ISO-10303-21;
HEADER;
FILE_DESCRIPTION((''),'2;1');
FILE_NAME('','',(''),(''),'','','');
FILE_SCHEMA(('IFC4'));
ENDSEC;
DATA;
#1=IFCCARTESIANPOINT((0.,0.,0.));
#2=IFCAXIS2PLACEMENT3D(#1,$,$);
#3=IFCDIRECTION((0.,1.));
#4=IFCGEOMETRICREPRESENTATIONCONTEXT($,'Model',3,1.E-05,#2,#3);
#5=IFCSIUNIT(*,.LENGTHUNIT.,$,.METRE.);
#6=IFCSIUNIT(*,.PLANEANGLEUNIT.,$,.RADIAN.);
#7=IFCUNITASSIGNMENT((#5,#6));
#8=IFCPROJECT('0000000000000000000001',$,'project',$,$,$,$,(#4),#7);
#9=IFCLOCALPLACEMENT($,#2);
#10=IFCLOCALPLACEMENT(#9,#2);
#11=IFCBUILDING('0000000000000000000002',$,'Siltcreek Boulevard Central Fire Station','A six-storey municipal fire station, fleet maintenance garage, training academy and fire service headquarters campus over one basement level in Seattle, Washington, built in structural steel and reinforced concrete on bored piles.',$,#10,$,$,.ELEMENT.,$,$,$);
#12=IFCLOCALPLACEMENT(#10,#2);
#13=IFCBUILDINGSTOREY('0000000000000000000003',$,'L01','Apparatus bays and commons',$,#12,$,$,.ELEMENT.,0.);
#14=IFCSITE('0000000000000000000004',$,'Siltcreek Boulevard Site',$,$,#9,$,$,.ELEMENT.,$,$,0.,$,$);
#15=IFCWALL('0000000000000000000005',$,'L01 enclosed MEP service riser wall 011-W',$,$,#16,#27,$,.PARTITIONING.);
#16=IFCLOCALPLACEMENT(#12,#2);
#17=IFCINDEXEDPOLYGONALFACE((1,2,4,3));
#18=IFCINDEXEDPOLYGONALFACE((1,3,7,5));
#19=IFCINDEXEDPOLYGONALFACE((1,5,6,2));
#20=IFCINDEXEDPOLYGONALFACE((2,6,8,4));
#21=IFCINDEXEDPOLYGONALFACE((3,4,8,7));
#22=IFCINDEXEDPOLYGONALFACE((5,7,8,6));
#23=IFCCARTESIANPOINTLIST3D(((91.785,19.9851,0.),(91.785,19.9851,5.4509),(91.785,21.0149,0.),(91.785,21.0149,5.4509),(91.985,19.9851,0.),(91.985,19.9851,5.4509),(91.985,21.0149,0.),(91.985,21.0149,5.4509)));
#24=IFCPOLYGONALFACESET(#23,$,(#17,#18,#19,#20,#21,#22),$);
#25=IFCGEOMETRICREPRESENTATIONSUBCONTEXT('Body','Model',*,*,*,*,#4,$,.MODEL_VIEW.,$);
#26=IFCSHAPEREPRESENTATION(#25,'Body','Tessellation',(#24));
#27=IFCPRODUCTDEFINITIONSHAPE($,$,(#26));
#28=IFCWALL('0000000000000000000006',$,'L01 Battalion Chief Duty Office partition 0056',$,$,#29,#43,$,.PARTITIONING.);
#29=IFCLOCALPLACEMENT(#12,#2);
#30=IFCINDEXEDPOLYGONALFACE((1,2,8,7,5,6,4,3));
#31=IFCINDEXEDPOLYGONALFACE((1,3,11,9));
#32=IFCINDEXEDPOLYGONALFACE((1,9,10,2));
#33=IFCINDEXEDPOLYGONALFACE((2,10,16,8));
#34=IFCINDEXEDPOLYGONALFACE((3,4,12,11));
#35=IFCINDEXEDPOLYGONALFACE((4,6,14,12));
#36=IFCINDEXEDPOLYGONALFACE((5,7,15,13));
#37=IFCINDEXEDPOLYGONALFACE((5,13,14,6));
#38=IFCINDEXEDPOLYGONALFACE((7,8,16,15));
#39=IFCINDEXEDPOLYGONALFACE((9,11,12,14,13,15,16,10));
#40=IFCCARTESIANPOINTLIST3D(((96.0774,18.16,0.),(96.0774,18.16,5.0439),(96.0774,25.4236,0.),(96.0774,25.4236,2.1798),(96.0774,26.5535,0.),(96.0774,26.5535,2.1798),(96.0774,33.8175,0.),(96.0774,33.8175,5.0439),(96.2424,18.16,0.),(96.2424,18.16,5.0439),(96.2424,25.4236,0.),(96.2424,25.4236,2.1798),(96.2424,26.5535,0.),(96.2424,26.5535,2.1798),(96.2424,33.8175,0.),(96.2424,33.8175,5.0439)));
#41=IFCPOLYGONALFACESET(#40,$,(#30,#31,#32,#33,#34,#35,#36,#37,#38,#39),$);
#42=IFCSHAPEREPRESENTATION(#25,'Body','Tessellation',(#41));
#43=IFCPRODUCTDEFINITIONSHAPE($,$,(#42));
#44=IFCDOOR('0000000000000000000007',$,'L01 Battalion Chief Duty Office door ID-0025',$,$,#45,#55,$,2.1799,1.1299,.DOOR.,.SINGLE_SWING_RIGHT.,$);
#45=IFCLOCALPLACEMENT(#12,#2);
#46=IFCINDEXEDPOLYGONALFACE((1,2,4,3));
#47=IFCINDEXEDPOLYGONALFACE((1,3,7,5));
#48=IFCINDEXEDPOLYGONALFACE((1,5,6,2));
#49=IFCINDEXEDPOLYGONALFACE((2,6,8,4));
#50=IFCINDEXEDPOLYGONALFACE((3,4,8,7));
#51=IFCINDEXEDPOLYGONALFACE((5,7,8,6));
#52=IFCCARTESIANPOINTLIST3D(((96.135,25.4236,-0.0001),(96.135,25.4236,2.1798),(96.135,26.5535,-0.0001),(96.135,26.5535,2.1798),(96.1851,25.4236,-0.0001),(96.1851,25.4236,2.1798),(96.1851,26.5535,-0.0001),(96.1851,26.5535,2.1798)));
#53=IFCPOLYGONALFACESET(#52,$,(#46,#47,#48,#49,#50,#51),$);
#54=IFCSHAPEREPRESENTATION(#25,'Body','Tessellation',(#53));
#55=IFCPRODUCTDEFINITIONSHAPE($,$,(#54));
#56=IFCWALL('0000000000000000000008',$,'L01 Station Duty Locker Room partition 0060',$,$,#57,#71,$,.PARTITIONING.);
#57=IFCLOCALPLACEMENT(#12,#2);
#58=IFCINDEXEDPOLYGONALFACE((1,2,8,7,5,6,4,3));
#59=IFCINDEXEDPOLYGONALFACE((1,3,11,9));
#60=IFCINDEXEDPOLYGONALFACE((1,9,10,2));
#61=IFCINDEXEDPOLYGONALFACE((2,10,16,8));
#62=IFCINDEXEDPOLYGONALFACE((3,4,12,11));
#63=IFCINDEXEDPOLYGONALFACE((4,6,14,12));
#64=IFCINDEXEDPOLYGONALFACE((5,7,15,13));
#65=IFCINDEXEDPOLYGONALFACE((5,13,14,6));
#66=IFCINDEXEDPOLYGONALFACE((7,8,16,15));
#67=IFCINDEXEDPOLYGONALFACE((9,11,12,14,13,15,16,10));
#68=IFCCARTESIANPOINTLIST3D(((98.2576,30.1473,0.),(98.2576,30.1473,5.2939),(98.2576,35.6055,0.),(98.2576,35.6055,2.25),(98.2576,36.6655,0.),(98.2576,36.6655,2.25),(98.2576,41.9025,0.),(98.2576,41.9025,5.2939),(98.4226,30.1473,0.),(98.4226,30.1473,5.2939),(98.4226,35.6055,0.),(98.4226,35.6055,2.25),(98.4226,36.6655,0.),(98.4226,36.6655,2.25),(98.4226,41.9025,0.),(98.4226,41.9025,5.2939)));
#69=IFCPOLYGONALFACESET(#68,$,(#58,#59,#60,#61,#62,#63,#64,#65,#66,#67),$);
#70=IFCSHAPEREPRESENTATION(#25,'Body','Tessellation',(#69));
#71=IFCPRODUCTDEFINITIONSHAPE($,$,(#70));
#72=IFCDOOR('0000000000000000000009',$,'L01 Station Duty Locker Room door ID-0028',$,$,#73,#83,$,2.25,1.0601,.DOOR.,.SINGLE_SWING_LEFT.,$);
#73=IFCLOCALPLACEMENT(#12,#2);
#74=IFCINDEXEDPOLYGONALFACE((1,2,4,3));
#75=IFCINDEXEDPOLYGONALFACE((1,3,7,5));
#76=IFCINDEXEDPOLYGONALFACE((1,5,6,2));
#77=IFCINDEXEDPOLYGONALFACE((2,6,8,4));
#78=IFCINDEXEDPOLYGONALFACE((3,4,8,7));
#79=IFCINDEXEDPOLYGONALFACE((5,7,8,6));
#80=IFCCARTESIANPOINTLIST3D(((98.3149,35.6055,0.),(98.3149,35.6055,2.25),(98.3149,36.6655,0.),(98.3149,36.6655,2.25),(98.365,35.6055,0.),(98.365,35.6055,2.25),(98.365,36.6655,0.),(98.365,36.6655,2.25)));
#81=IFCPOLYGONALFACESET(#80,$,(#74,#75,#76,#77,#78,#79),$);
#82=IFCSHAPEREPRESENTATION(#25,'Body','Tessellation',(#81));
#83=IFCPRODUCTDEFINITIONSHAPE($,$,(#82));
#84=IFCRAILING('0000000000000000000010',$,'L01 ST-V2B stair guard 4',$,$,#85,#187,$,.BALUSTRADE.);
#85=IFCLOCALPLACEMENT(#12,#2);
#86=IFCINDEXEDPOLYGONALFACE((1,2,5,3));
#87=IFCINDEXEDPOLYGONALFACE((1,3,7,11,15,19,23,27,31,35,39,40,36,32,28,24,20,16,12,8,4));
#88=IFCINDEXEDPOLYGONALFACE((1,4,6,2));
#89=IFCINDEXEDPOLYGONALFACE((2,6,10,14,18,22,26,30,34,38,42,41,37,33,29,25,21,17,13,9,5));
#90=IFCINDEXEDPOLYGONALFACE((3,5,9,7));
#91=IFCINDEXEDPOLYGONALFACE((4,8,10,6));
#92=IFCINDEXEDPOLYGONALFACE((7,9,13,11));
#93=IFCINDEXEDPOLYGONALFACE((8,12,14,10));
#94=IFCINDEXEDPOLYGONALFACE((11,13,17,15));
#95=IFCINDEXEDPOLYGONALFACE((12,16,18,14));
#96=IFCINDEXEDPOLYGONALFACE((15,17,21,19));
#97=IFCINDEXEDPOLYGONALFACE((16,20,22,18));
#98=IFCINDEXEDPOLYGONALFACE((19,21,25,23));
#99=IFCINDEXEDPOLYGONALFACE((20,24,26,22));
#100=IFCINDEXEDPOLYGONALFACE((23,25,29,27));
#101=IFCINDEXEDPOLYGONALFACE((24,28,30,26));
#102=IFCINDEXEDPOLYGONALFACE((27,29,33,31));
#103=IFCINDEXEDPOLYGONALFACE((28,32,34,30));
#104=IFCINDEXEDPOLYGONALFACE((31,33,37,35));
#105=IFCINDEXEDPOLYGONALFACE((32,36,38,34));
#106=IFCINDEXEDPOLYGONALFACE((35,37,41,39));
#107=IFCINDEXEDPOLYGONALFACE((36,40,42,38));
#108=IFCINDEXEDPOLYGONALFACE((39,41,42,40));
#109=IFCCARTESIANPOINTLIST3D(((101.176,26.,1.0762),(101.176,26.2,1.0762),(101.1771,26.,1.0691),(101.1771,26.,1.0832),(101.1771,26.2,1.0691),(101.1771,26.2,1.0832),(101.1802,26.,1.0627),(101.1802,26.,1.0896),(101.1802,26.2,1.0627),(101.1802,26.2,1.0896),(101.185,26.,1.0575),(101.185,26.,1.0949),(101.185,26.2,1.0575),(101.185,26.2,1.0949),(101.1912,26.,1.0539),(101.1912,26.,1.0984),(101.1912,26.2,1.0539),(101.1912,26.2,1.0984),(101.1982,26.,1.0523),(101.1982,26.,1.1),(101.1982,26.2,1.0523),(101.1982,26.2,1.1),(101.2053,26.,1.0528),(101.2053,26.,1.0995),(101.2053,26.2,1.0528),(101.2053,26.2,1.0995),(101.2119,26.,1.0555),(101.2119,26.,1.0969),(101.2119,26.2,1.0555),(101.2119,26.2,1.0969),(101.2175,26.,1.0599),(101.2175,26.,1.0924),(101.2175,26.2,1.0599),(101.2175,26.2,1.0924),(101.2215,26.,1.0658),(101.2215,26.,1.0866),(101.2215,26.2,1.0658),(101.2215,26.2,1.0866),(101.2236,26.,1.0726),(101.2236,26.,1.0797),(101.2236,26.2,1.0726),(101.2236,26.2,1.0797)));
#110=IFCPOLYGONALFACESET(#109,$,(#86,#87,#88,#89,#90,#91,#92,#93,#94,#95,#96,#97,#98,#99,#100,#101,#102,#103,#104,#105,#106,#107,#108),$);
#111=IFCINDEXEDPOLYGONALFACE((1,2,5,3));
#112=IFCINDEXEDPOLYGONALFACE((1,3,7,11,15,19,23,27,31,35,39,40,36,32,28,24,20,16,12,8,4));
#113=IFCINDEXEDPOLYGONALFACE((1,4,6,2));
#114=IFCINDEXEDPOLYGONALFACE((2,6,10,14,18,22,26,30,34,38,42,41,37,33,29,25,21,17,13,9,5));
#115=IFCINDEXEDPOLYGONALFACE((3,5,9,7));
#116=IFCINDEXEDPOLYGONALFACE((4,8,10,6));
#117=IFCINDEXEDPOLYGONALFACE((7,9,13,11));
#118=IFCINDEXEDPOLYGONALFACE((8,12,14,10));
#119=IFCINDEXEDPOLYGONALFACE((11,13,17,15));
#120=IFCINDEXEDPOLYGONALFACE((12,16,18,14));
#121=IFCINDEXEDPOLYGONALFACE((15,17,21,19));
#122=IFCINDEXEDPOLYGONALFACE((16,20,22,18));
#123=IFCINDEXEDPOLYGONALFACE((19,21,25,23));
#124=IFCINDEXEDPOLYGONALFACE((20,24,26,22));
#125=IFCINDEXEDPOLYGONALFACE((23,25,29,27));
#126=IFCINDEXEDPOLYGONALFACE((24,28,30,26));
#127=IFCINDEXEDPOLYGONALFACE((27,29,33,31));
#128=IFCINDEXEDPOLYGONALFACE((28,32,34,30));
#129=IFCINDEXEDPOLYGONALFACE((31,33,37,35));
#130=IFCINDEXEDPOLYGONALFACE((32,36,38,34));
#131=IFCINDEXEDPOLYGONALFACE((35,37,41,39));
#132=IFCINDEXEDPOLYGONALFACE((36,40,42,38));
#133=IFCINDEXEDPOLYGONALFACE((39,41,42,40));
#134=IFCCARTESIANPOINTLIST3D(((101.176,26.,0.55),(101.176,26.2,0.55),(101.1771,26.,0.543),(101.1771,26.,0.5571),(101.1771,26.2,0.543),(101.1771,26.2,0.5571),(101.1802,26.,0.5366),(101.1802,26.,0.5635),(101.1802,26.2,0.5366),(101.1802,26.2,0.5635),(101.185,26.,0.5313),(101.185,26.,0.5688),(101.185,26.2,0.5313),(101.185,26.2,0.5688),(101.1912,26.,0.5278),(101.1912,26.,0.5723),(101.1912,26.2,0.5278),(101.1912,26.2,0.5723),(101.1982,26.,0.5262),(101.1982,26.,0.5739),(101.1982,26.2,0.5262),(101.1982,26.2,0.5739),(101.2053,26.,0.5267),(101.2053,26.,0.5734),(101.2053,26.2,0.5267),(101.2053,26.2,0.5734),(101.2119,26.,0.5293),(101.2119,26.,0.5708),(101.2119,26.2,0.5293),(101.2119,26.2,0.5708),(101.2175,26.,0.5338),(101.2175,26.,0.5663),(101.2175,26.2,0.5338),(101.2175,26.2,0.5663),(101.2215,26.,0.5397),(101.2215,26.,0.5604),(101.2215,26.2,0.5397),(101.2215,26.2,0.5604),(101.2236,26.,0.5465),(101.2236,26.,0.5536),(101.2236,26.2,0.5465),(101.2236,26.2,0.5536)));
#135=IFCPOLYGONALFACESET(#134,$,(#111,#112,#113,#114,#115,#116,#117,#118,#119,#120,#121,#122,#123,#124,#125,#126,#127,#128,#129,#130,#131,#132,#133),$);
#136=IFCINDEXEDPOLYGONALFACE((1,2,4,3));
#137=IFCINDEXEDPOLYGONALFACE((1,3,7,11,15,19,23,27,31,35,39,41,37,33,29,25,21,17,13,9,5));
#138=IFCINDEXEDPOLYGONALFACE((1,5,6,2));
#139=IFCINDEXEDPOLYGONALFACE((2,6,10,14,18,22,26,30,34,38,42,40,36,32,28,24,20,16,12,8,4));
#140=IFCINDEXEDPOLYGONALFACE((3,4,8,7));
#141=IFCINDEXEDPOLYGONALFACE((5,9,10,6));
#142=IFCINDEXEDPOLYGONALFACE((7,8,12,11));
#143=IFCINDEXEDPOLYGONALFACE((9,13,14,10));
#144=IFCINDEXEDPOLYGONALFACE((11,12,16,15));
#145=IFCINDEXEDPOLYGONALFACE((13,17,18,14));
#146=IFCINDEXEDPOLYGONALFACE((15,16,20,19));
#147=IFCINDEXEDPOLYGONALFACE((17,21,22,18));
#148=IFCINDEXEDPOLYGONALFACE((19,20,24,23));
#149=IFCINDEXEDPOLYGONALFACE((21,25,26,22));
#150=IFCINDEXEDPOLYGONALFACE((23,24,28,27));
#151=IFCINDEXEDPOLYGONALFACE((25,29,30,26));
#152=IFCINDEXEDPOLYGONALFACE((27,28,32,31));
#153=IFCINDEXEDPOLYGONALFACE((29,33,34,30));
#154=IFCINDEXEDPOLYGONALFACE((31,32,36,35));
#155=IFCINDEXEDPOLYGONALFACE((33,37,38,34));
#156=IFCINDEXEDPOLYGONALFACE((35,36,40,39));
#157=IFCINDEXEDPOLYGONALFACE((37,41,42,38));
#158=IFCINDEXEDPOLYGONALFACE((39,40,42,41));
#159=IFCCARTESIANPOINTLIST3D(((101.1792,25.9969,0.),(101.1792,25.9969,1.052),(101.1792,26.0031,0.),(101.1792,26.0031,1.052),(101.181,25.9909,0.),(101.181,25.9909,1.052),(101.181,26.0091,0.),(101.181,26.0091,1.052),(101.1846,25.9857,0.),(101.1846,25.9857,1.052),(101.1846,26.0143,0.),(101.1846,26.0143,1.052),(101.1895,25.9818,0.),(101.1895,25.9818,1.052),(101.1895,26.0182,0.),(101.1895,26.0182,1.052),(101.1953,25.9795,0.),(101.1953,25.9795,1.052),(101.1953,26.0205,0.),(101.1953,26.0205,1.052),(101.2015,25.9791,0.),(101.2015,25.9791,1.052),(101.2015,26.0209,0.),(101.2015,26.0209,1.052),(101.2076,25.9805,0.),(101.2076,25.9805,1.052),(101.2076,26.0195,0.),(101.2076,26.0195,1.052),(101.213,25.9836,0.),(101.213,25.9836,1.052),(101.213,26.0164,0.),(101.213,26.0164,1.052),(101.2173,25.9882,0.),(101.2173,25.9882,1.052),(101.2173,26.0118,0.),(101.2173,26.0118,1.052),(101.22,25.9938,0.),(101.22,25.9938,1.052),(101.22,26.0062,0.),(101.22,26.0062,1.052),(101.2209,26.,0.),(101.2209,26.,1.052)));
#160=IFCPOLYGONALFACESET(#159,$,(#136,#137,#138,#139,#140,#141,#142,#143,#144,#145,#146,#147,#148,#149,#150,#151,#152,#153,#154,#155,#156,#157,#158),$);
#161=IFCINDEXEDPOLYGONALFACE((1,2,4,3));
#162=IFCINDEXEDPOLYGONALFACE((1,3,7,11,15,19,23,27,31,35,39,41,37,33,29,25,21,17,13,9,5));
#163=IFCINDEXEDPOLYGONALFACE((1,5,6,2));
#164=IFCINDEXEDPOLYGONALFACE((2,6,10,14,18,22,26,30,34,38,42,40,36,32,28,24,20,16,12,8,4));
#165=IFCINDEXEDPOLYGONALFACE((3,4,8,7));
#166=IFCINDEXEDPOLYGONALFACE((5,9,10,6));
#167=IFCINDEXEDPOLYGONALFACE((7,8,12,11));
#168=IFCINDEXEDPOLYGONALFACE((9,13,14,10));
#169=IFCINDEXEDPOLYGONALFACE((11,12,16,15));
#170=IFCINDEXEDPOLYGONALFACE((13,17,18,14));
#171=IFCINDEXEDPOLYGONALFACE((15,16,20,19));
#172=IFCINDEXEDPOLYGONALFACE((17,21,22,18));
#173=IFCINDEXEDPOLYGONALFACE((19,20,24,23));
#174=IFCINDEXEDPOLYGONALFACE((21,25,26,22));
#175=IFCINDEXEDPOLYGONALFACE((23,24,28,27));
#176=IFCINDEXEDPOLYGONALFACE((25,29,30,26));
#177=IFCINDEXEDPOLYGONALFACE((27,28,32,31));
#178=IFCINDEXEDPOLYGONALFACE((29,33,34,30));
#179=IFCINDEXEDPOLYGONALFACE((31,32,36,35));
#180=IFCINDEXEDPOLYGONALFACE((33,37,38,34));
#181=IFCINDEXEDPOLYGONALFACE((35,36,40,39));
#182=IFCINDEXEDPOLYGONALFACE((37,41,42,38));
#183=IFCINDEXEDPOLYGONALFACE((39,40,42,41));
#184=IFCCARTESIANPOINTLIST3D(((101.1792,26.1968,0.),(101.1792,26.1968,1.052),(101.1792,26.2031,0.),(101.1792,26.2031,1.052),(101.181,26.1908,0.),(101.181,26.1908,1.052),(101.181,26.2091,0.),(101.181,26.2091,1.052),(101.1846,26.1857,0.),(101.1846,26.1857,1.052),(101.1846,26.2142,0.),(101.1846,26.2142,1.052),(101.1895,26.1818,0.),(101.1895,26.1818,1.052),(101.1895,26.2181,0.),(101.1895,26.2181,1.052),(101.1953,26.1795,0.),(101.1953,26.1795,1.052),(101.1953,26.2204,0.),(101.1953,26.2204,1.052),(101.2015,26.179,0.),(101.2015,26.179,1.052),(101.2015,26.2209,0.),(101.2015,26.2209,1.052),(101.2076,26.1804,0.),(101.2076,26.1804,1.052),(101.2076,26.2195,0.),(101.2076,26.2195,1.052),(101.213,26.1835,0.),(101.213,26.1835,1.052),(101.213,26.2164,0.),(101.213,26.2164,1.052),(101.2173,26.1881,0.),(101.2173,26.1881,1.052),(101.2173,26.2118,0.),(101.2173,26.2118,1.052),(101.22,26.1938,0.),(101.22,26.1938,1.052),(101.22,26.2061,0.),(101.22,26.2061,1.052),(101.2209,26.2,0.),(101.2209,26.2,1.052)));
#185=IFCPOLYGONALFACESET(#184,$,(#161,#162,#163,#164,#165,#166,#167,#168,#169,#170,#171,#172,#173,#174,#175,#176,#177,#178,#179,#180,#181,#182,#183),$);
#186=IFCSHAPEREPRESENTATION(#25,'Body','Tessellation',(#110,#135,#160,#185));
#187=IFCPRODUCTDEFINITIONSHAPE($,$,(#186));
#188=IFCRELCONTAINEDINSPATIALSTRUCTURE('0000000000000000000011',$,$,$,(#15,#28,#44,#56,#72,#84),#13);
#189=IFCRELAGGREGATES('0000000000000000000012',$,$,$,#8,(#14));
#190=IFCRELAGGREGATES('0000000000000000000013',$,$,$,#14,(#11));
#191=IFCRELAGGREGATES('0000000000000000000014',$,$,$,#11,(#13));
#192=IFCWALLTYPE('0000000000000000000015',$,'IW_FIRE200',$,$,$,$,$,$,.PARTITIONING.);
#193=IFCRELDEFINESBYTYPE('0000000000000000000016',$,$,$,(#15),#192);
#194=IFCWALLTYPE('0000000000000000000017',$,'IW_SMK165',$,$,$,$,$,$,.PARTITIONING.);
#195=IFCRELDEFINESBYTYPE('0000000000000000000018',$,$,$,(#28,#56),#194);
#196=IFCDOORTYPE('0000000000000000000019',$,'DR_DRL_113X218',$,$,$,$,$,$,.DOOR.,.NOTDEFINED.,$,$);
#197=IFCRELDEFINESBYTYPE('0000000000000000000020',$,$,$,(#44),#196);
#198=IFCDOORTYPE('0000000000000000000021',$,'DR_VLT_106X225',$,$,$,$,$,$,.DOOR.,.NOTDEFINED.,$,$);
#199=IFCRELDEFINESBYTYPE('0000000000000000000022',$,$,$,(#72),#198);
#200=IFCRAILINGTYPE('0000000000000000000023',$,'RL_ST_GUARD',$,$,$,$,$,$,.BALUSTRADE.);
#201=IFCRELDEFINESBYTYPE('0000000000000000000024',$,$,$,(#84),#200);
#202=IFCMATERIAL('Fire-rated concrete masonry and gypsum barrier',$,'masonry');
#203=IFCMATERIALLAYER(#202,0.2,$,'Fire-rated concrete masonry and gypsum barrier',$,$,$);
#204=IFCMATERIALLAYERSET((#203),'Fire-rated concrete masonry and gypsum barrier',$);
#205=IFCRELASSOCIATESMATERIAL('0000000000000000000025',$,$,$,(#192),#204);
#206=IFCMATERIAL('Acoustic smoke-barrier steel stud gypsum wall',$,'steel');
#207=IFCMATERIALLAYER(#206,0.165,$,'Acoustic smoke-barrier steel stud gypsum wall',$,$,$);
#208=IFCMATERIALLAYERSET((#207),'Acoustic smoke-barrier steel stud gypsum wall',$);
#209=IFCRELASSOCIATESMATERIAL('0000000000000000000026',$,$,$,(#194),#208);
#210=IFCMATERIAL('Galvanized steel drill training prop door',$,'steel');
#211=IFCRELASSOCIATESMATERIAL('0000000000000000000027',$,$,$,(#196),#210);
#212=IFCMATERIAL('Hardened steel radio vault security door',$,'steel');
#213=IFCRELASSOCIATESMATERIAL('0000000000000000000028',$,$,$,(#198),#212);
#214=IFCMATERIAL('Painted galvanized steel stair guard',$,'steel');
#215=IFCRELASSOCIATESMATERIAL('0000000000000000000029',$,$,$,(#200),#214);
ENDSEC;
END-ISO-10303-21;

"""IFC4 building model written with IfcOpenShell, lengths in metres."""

from ifc_helpers import new_model, si_unit, direction, frame, frame_2d, origin, origin_2d, place, context, subcontext, project, spatial, rectangle, circle, extrude, material, layer, layer_set, type_object, element, fill, save


model = new_model("IFC4")

# Units and contexts
model_context = context("Model", 3, precision=1e-05, world=origin(), true_north=direction((0.0, 1.0)))
body_context = subcontext(model_context, "Body", "Model", "MODEL_VIEW")
ifc_project = project(units=[si_unit("LENGTHUNIT", "METRE"), si_unit("PLANEANGLEUNIT", "RADIAN")], contexts=[model_context])

# Site, building, storey
site_placement = place(None, origin())
site = spatial("IfcSite", under=ifc_project, at=site_placement, Name="Siltcreek Boulevard Site", CompositionType="ELEMENT", RefElevation=0.0)
building_placement = place(site_placement, origin())
building = spatial("IfcBuilding", under=site, at=building_placement, Name="Siltcreek Boulevard Central Fire Station", Description="A six-storey municipal fire station, fleet maintenance garage, training academy and fire service headquarters campus over one basement level in Seattle, Washington, built in structural steel and reinforced concrete on bored piles.", CompositionType="ELEMENT")
storey_placement = place(building_placement, origin())
storey = spatial("IfcBuildingStorey", under=building, at=storey_placement, Name="L01", Description="Apparatus bays and commons", CompositionType="ELEMENT", Elevation=0.0)

# Wall
ifc_material_1 = material(Name="Fire-rated concrete masonry and gypsum barrier", Category="masonry")
ifc_layer_1 = layer(ifc_material_1, 0.2, Name="Fire-rated concrete masonry and gypsum barrier")
ifc_layer_set_1 = layer_set([ifc_layer_1], Name="Fire-rated concrete masonry and gypsum barrier")
wall_type_1 = type_object("IfcWallType", Name="IW_FIRE200", PredefinedType="PARTITIONING", material=ifc_layer_set_1)
wall_1_placement = place(storey_placement, frame((91.885, 21.0149, 0.0), z_axis=(0.0, 0.0, 1.0), x_axis=(0.0, -1.0, 0.0)))
element("IfcWall", 1, at=wall_1_placement, inside=storey, type_object=wall_type_1, Name="L01 enclosed MEP service riser wall 011-W", PredefinedType="PARTITIONING", context=body_context, shape_type="SweptSolid", body=[
    extrude(rectangle(XDim=1.0298, YDim=0.2, at=frame_2d((0.5149, 0.0))), origin(), (0.0, 0.0, 1.0), 5.4509),
])

# Walls, openings, doors
ifc_material_2 = material(Name="Acoustic smoke-barrier steel stud gypsum wall", Category="steel")
ifc_layer_2 = layer(ifc_material_2, 0.165, Name="Acoustic smoke-barrier steel stud gypsum wall")
ifc_layer_set_2 = layer_set([ifc_layer_2], Name="Acoustic smoke-barrier steel stud gypsum wall")
wall_type_2 = type_object("IfcWallType", Name="IW_SMK165", PredefinedType="PARTITIONING", material=ifc_layer_set_2)
wall_2_placement = place(storey_placement, frame((96.1599, 33.8174, 0.0), z_axis=(0.0, 0.0, 1.0), x_axis=(0.0, -1.0, 0.0)))
wall_2 = element("IfcWall", 2, at=wall_2_placement, inside=storey, type_object=wall_type_2, Name="L01 Battalion Chief Duty Office partition 0056", PredefinedType="PARTITIONING", context=body_context, shape_type="SweptSolid", body=[
    extrude(rectangle(XDim=15.6575, YDim=0.165, at=frame_2d((7.8286, 0.0))), origin(), (0.0, 0.0, 1.0), 5.0439),
])
opening_1_placement = place(wall_2_placement, frame((7.2639, 0.0, 0.0)))
opening_1 = element("IfcOpeningElement", 3, at=opening_1_placement, cuts=wall_2, PredefinedType="OPENING", context=body_context, shape_type="SweptSolid", body=[
    extrude(rectangle(XDim=1.1299, YDim=2.1799, at=frame_2d((0.5649, 1.0898))), frame((0.0, 0.0925, 0.0), z_axis=(0.0, -1.0, 0.0), x_axis=(1.0, 0.0, 0.0)), (0.0, 0.0, 1.0), 0.1851),
])
ifc_material_3 = material(Name="Galvanized steel drill training prop door", Category="steel")
door_type_1 = type_object("IfcDoorType", Name="DR_DRL_113X218", OperationType="NOTDEFINED", PredefinedType="DOOR", material=ifc_material_3)
door_1_placement = place(opening_1_placement, frame((1.1299, 0.0, 0.0), z_axis=(0.0, 0.0, 1.0), x_axis=(-1.0, 0.0, 0.0)))
door_1 = element("IfcDoor", 4, at=door_1_placement, inside=storey, type_object=door_type_1, Name="L01 Battalion Chief Duty Office door ID-0025", OperationType="SINGLE_SWING_RIGHT", OverallHeight=2.1799, OverallWidth=1.1299, PredefinedType="DOOR", context=body_context, shape_type="SweptSolid", body=[
    extrude(rectangle(XDim=1.1299, YDim=2.1799, at=frame_2d((0.5649, 1.0898))), frame((0.0, 0.0249, 0.0), z_axis=(0.0, -1.0, 0.0), x_axis=(1.0, 0.0, 0.0)), (0.0, 0.0, 1.0), 0.05),
])
fill(opening_1, door_1)
wall_3_placement = place(storey_placement, frame((98.3401, 30.1475, 0.0), z_axis=(0.0, 0.0, 1.0), x_axis=(0.0, 1.0, 0.0)))
wall_3 = element("IfcWall", 5, at=wall_3_placement, inside=storey, type_object=wall_type_2, Name="L01 Station Duty Locker Room partition 0060", PredefinedType="PARTITIONING", context=body_context, shape_type="SweptSolid", body=[
    extrude(rectangle(XDim=11.7551, YDim=0.165, at=frame_2d((5.8774, 0.0))), origin(), (0.0, 0.0, 1.0), 5.2939),
])
opening_2_placement = place(wall_3_placement, frame((5.458, 0.0, 0.0)))
opening_2 = element("IfcOpeningElement", 6, at=opening_2_placement, cuts=wall_3, PredefinedType="OPENING", context=body_context, shape_type="SweptSolid", body=[
    extrude(rectangle(XDim=1.0601, YDim=2.25, at=frame_2d((0.53, 1.125))), frame((0.0, 0.0925, 0.0), z_axis=(0.0, -1.0, 0.0), x_axis=(1.0, 0.0, 0.0)), (0.0, 0.0, 1.0), 0.1851),
])
ifc_material_4 = material(Name="Hardened steel radio vault security door", Category="steel")
door_type_2 = type_object("IfcDoorType", Name="DR_VLT_106X225", OperationType="NOTDEFINED", PredefinedType="DOOR", material=ifc_material_4)
door_2_placement = place(opening_2_placement, frame((1.0601, 0.0, 0.0), z_axis=(0.0, 0.0, 1.0), x_axis=(-1.0, 0.0, 0.0)))
door_2 = element("IfcDoor", 7, at=door_2_placement, inside=storey, type_object=door_type_2, Name="L01 Station Duty Locker Room door ID-0028", OperationType="SINGLE_SWING_LEFT", OverallHeight=2.25, OverallWidth=1.0601, PredefinedType="DOOR", context=body_context, shape_type="SweptSolid", body=[
    extrude(rectangle(XDim=1.0601, YDim=2.25, at=frame_2d((0.53, 1.125))), frame((0.0, 0.0249, 0.0), z_axis=(0.0, -1.0, 0.0), x_axis=(1.0, 0.0, 0.0)), (0.0, 0.0, 1.0), 0.05),
])
fill(opening_2, door_2)

# Railing
ifc_material_5 = material(Name="Painted galvanized steel stair guard", Category="steel")
railing_type_1 = type_object("IfcRailingType", Name="RL_ST_GUARD", PredefinedType="BALUSTRADE", material=ifc_material_5)
railing_1_placement = place(storey_placement, frame((101.2, 26.0, 0.0)))
element("IfcRailing", 8, at=railing_1_placement, inside=storey, type_object=railing_type_1, Name="L01 ST-V2B stair guard 4", PredefinedType="BALUSTRADE", context=body_context, shape_type="SweptSolid", body=[
    extrude(circle(Radius=0.0239, at=origin_2d()), frame((0.0, 0.0, 1.0762), z_axis=(0.0, 1.0, 0.0), x_axis=(-1.0, 0.0, 0.0)), (0.0, 0.0, 1.0), 0.2),
    extrude(circle(Radius=0.0239, at=origin_2d()), frame((0.0, 0.0, 0.55), z_axis=(0.0, 1.0, 0.0), x_axis=(-1.0, 0.0, 0.0)), (0.0, 0.0, 1.0), 0.2),
    extrude(circle(Radius=0.021, at=origin_2d()), origin(), (0.0, 0.0, 1.0), 1.052),
    extrude(circle(Radius=0.021, at=origin_2d()), frame((0.0, 0.2, 0.0)), (0.0, 0.0, 1.0), 1.052),
])

save(model, "model.ifc")
